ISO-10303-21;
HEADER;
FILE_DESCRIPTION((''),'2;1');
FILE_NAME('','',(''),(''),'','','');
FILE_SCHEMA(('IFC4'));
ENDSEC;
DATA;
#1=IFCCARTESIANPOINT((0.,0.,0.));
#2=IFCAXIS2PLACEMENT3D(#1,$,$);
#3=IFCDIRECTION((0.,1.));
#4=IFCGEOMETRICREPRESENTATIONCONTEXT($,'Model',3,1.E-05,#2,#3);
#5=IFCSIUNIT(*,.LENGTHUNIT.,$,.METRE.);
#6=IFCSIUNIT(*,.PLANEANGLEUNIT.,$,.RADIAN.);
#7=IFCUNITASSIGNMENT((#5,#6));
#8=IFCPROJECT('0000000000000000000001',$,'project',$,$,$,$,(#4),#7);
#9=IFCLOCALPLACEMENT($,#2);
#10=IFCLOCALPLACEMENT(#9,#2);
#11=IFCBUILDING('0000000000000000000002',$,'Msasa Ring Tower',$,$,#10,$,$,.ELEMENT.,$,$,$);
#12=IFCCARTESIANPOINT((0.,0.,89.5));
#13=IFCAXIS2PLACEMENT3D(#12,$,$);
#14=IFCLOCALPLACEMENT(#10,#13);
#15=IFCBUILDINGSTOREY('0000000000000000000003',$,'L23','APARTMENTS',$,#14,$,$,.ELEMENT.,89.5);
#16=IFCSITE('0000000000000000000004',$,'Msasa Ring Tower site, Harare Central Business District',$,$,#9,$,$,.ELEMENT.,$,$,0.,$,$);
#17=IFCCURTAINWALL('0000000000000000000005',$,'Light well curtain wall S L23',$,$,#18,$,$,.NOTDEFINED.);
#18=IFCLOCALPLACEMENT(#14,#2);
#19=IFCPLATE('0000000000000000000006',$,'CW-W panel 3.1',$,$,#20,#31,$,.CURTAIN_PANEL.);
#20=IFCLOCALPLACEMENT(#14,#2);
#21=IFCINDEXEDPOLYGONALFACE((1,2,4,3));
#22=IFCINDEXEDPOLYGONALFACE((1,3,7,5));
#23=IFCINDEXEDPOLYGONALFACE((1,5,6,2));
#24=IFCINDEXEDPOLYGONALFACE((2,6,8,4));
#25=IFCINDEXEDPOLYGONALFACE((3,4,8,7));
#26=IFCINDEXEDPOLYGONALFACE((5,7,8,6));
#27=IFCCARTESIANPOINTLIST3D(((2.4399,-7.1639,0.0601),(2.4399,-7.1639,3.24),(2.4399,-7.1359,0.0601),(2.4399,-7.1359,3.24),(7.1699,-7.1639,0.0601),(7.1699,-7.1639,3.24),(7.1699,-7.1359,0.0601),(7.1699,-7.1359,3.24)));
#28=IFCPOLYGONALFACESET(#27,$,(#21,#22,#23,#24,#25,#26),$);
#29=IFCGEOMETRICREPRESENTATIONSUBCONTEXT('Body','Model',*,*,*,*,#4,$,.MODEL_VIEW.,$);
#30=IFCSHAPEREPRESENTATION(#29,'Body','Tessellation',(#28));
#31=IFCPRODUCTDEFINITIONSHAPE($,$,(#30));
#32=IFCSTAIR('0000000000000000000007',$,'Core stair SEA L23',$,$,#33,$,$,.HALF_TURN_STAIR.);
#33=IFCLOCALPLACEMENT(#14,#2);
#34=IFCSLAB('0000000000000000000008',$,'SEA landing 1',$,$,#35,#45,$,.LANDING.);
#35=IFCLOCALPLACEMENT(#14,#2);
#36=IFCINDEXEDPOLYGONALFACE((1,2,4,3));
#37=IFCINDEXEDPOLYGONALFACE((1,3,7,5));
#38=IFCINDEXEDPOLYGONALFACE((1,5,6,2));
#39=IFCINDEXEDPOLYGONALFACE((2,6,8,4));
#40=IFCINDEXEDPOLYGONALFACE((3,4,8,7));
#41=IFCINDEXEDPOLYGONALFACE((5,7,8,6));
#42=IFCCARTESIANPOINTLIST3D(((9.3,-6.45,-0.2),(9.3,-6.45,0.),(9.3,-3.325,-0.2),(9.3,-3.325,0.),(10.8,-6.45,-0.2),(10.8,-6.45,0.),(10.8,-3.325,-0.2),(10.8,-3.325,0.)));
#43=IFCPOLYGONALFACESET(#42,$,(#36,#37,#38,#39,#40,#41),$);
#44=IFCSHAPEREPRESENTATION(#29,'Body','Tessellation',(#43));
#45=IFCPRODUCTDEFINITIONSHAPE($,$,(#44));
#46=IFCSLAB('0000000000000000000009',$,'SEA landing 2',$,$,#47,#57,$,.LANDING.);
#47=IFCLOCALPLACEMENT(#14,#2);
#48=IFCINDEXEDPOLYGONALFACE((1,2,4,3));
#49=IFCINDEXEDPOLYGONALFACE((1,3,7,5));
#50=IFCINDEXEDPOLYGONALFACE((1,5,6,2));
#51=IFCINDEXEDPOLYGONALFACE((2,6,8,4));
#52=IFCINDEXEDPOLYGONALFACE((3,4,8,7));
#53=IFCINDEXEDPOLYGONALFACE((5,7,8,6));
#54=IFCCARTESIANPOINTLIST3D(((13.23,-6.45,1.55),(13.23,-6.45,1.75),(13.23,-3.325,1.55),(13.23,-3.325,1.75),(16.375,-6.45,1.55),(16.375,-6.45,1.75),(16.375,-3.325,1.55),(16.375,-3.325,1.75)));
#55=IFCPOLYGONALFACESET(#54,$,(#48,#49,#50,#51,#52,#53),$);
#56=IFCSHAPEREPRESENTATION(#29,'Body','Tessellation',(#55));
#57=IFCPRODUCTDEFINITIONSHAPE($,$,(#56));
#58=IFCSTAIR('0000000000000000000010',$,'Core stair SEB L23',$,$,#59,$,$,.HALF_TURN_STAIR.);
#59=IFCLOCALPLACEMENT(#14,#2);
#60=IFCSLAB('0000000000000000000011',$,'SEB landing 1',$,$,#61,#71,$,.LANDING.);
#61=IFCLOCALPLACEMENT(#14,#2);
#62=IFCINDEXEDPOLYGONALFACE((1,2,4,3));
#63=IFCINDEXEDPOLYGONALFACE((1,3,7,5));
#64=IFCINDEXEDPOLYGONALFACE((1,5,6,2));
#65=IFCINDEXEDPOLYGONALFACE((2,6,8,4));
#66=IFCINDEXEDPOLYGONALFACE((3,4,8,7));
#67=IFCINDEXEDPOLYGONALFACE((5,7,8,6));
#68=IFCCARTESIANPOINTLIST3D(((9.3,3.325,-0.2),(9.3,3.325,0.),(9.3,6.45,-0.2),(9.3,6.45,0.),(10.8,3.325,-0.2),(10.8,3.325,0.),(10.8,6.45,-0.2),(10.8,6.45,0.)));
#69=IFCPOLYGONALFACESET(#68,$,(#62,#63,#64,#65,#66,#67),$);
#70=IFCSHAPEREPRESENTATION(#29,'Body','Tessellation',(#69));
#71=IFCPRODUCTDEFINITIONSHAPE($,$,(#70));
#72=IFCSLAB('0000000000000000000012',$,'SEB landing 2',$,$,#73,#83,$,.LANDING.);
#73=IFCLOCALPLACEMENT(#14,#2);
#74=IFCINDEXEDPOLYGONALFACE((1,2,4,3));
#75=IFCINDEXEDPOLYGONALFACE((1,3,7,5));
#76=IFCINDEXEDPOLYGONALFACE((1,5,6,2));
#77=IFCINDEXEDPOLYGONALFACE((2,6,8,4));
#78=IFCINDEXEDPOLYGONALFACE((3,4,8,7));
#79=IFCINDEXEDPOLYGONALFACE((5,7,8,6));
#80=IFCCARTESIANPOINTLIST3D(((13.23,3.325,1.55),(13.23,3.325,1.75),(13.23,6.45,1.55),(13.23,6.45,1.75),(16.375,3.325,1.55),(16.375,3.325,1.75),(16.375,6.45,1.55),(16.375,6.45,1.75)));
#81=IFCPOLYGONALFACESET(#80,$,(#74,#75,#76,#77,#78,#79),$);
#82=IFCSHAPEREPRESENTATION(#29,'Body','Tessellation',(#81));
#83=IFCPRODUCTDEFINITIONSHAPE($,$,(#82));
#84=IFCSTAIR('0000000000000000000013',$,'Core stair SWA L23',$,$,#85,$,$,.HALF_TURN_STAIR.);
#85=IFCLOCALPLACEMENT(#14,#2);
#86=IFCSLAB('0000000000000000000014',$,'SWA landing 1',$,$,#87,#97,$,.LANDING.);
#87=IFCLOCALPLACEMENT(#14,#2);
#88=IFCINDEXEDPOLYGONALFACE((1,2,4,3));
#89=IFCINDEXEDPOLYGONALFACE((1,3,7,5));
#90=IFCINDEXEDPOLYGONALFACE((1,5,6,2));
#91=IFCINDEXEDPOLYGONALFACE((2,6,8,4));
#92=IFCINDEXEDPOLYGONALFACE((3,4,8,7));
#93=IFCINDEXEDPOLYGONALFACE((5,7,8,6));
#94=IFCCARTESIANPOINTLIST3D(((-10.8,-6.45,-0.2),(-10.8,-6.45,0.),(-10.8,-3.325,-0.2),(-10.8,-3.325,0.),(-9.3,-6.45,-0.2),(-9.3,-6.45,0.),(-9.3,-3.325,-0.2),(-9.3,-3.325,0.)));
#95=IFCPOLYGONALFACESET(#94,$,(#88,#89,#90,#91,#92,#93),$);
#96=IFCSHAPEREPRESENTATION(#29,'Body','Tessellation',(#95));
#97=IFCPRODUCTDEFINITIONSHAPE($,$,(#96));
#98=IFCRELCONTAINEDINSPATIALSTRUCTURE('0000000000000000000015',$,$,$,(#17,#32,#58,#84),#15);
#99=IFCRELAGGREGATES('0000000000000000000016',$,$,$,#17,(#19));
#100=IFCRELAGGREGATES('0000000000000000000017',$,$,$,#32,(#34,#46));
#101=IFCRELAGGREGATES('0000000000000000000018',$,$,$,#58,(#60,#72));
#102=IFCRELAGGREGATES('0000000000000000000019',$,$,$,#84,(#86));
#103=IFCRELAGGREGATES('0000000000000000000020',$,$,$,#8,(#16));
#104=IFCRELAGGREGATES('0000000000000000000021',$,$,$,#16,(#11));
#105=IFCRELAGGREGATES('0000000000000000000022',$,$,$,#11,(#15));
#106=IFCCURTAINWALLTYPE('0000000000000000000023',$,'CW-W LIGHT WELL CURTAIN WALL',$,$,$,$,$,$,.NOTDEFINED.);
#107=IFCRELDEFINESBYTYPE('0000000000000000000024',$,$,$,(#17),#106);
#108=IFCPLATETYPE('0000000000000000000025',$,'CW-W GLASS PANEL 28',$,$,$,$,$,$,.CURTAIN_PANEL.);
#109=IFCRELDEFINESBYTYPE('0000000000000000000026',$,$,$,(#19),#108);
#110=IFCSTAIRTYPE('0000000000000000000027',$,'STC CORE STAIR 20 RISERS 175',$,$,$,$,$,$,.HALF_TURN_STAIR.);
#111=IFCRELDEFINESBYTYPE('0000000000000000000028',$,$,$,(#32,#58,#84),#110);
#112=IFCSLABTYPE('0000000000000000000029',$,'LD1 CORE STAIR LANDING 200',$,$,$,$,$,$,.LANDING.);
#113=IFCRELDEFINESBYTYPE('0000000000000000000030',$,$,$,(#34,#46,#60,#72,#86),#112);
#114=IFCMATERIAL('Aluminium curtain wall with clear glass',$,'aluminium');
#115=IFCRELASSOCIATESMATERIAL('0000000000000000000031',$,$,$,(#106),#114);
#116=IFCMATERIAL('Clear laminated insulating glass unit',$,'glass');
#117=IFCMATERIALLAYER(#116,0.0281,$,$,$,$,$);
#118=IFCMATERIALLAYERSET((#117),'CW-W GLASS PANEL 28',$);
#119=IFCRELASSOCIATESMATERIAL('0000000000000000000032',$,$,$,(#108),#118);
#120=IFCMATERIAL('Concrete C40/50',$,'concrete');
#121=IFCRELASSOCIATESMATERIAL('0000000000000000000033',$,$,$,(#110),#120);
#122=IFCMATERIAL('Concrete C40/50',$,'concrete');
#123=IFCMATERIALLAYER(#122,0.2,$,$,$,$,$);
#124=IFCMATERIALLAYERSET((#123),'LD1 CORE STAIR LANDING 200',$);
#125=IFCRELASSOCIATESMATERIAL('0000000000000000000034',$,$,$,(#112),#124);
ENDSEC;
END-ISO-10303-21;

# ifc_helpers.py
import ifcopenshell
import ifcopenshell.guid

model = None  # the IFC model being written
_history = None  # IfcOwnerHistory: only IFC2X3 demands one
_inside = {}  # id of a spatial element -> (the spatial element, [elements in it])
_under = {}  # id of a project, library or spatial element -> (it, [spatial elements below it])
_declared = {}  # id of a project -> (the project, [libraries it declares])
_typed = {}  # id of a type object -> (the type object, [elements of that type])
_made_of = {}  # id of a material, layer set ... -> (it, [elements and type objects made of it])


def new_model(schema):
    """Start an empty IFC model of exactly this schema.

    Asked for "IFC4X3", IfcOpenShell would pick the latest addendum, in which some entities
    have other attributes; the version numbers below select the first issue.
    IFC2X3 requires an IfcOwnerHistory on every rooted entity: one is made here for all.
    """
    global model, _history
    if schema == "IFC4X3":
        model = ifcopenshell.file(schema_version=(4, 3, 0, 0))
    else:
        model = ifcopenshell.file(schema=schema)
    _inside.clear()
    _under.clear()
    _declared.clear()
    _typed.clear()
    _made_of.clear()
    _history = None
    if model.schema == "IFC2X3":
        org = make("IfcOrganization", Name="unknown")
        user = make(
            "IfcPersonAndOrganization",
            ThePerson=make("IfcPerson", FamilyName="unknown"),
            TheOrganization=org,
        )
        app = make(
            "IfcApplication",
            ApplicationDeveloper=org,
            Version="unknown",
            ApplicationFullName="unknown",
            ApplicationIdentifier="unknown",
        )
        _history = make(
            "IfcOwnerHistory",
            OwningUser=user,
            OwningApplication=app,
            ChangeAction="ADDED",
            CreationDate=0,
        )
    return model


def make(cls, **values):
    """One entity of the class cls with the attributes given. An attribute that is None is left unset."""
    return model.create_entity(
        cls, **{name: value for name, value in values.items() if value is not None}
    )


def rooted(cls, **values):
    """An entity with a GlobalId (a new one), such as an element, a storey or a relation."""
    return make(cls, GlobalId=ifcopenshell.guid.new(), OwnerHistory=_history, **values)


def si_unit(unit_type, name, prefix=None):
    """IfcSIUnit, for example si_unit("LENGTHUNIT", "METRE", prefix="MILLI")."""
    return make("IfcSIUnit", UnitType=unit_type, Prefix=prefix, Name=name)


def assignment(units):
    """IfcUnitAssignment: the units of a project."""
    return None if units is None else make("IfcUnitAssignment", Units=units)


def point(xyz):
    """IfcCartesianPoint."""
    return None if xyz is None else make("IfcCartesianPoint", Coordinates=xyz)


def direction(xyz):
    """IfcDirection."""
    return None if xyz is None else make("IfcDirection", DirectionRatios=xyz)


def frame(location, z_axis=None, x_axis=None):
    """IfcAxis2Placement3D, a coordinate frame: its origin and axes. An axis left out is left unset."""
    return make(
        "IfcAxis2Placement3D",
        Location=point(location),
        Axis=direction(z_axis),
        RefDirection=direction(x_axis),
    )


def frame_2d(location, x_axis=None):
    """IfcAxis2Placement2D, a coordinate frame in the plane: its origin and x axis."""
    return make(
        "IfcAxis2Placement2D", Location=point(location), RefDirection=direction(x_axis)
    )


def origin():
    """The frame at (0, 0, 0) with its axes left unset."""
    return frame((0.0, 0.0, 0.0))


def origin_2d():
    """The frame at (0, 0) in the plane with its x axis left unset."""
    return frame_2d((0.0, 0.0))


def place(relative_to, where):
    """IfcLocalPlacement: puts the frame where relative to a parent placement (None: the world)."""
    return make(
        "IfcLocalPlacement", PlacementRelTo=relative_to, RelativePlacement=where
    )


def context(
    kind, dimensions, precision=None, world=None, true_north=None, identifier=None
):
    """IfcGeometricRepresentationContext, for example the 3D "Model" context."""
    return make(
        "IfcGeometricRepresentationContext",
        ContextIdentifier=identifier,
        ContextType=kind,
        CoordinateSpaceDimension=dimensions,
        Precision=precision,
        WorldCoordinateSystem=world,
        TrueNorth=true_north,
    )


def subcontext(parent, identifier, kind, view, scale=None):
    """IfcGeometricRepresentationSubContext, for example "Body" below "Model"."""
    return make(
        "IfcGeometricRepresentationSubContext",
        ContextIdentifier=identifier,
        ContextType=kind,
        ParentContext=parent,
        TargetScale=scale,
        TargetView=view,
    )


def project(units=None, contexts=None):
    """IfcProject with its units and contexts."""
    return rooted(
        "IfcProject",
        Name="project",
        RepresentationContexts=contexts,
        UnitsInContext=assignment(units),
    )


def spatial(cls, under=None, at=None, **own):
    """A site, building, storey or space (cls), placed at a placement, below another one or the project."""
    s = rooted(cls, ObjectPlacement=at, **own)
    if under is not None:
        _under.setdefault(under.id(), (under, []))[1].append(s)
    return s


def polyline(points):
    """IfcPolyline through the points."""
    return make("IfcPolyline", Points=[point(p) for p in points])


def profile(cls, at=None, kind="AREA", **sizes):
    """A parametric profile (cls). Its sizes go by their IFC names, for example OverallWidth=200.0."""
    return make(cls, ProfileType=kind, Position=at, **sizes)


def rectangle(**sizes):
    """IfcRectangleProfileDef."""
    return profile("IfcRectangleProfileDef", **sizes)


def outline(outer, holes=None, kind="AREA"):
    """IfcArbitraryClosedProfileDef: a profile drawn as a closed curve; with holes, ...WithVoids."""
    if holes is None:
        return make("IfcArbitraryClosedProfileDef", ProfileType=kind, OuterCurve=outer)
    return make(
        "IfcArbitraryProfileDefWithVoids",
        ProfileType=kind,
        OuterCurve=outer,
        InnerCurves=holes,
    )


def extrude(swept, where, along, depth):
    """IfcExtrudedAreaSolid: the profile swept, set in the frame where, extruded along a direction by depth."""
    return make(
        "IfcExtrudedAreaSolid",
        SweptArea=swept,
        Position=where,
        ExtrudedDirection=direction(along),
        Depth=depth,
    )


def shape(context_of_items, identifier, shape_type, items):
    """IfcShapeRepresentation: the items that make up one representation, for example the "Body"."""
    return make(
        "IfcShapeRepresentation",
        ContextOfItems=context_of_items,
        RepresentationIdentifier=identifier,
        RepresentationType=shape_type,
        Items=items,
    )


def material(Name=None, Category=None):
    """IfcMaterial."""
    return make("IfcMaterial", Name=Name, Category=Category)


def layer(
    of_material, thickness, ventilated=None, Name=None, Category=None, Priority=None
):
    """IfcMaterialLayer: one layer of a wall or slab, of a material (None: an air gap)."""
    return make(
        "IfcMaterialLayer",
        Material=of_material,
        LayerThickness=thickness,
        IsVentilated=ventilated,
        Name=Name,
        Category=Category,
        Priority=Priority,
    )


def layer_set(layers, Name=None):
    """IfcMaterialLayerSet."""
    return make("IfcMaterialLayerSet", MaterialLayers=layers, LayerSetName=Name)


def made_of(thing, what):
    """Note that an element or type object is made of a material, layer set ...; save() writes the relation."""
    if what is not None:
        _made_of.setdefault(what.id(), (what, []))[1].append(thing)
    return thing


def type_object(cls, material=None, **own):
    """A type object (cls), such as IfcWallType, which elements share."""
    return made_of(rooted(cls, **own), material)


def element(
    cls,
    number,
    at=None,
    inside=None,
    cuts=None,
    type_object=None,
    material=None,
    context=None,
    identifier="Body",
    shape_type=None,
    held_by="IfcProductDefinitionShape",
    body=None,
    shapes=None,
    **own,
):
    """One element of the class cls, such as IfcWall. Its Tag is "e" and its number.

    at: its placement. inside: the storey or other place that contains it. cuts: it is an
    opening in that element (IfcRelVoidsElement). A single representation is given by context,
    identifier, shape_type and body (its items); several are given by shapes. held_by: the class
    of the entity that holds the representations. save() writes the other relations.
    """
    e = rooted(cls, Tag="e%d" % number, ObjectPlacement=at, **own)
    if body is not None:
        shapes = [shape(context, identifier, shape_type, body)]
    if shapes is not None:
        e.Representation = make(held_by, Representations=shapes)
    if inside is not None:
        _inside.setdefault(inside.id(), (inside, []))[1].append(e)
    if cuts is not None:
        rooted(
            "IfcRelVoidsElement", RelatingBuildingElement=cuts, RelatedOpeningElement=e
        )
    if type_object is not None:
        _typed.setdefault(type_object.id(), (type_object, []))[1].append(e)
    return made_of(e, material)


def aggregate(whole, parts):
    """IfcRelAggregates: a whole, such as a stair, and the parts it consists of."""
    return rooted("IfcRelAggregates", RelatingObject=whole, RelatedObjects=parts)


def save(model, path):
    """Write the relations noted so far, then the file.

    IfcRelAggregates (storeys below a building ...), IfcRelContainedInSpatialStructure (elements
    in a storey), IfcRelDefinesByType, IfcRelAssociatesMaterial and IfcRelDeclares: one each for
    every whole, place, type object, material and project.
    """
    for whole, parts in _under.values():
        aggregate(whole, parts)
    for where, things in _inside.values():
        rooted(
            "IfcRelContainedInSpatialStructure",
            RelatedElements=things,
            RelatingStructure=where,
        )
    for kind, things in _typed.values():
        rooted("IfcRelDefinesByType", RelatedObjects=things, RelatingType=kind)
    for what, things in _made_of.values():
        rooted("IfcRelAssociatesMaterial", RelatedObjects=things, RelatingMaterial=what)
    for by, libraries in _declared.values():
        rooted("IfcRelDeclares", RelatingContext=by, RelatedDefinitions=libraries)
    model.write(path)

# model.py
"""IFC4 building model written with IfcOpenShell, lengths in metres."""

from ifc_helpers import new_model, si_unit, direction, frame, origin, origin_2d, place, context, subcontext, project, spatial, polyline, rectangle, outline, extrude, material, layer, layer_set, type_object, element, aggregate, save


model = new_model("IFC4")

# Units and contexts
model_context = context("Model", 3, precision=1e-05, world=origin(), true_north=direction((0.0, 1.0)))
body_context = subcontext(model_context, "Body", "Model", "MODEL_VIEW")
ifc_project = project(units=[si_unit("LENGTHUNIT", "METRE"), si_unit("PLANEANGLEUNIT", "RADIAN")], contexts=[model_context])

# Site, building, storey
site_placement = place(None, origin())
site = spatial("IfcSite", under=ifc_project, at=site_placement, Name="Msasa Ring Tower site, Harare Central Business District", CompositionType="ELEMENT", RefElevation=0.0)
building_placement = place(site_placement, origin())
building = spatial("IfcBuilding", under=site, at=building_placement, Name="Msasa Ring Tower", CompositionType="ELEMENT")
storey_placement = place(building_placement, frame((0.0, 0.0, 89.5)))
storey = spatial("IfcBuildingStorey", under=building, at=storey_placement, Name="L23", Description="APARTMENTS", CompositionType="ELEMENT", Elevation=89.5)

# Shared definitions
ifc_material_1 = material(Name="Aluminium curtain wall with clear glass", Category="aluminium")
curtain_wall_type = type_object("IfcCurtainWallType", Name="CW-W LIGHT WELL CURTAIN WALL", PredefinedType="NOTDEFINED", material=ifc_material_1)

# Curtain wall, plate
curtain_wall_1_placement = place(storey_placement, origin())
curtain_wall_1 = element("IfcCurtainWall", 1, at=curtain_wall_1_placement, inside=storey, type_object=curtain_wall_type, Name="Light well curtain wall S L23", PredefinedType="NOTDEFINED")
ifc_material_2 = material(Name="Clear laminated insulating glass unit", Category="glass")
ifc_layer_1 = layer(ifc_material_2, 0.0281)
ifc_layer_set_1 = layer_set([ifc_layer_1], Name="CW-W GLASS PANEL 28")
plate_type = type_object("IfcPlateType", Name="CW-W GLASS PANEL 28", PredefinedType="CURTAIN_PANEL", material=ifc_layer_set_1)
plate_placement = place(storey_placement, frame((4.8049, -7.1499, 0.0601), z_axis=(0.0, 0.0, 1.0), x_axis=(1.0, 0.0, 0.0)))
plate = element("IfcPlate", 2, at=plate_placement, type_object=plate_type, Name="CW-W panel 3.1", PredefinedType="CURTAIN_PANEL", context=body_context, shape_type="SweptSolid", body=[
    extrude(rectangle(XDim=4.73, YDim=0.0281, at=origin_2d()), origin(), (0.0, 0.0, 1.0), 3.1799),
])
aggregate(curtain_wall_1, [plate])

# Stairs, slabs
ifc_material_3 = material(Name="Concrete C40/50", Category="concrete")
stair_type = type_object("IfcStairType", Name="STC CORE STAIR 20 RISERS 175", PredefinedType="HALF_TURN_STAIR", material=ifc_material_3)
stair_1_placement = place(storey_placement, origin())
stair_1 = element("IfcStair", 3, at=stair_1_placement, inside=storey, type_object=stair_type, Name="Core stair SEA L23", PredefinedType="HALF_TURN_STAIR")
ifc_material_4 = material(Name="Concrete C40/50", Category="concrete")
ifc_layer_2 = layer(ifc_material_4, 0.2)
ifc_layer_set_2 = layer_set([ifc_layer_2], Name="LD1 CORE STAIR LANDING 200")
slab_type = type_object("IfcSlabType", Name="LD1 CORE STAIR LANDING 200", PredefinedType="LANDING", material=ifc_layer_set_2)
slab_1_placement = place(storey_placement, frame((0.0, 0.0, -0.2)))
slab_1 = element("IfcSlab", 4, at=slab_1_placement, type_object=slab_type, Name="SEA landing 1", PredefinedType="LANDING", context=body_context, shape_type="SweptSolid", body=[
    extrude(outline(polyline([(9.3, -6.45), (10.8, -6.45), (10.8, -3.325), (9.3, -3.325), (9.3, -6.45)])), origin(), (0.0, 0.0, 1.0), 0.2),
])
slab_2_placement = place(storey_placement, frame((0.0, 0.0, 1.55)))
slab_2 = element("IfcSlab", 5, at=slab_2_placement, type_object=slab_type, Name="SEA landing 2", PredefinedType="LANDING", context=body_context, shape_type="SweptSolid", body=[
    extrude(outline(polyline([(13.23, -6.45), (16.375, -6.45), (16.375, -3.325), (13.23, -3.325), (13.23, -6.45)])), origin(), (0.0, 0.0, 1.0), 0.2),
])
aggregate(stair_1, [slab_1, slab_2])
stair_2_placement = place(storey_placement, origin())
stair_2 = element("IfcStair", 6, at=stair_2_placement, inside=storey, type_object=stair_type, Name="Core stair SEB L23", PredefinedType="HALF_TURN_STAIR")
slab_3_placement = place(storey_placement, frame((0.0, 0.0, -0.2)))
slab_3 = element("IfcSlab", 7, at=slab_3_placement, type_object=slab_type, Name="SEB landing 1", PredefinedType="LANDING", context=body_context, shape_type="SweptSolid", body=[
    extrude(outline(polyline([(9.3, 3.325), (10.8, 3.325), (10.8, 6.45), (9.3, 6.45), (9.3, 3.325)])), origin(), (0.0, 0.0, 1.0), 0.2),
])
slab_4_placement = place(storey_placement, frame((0.0, 0.0, 1.55)))
slab_4 = element("IfcSlab", 8, at=slab_4_placement, type_object=slab_type, Name="SEB landing 2", PredefinedType="LANDING", context=body_context, shape_type="SweptSolid", body=[
    extrude(outline(polyline([(13.23, 3.325), (16.375, 3.325), (16.375, 6.45), (13.23, 6.45), (13.23, 3.325)])), origin(), (0.0, 0.0, 1.0), 0.2),
])
aggregate(stair_2, [slab_3, slab_4])

# Stair, slab
stair_3_placement = place(storey_placement, origin())
stair_3 = element("IfcStair", 9, at=stair_3_placement, inside=storey, type_object=stair_type, Name="Core stair SWA L23", PredefinedType="HALF_TURN_STAIR")
slab_5_placement = place(storey_placement, frame((0.0, 0.0, -0.2)))
slab_5 = element("IfcSlab", 10, at=slab_5_placement, type_object=slab_type, Name="SWA landing 1", PredefinedType="LANDING", context=body_context, shape_type="SweptSolid", body=[
    extrude(outline(polyline([(-10.8, -6.45), (-9.3, -6.45), (-9.3, -3.325), (-10.8, -3.325), (-10.8, -6.45)])), origin(), (0.0, 0.0, 1.0), 0.2),
])
aggregate(stair_3, [slab_5])

save(model, "model.ifc")
